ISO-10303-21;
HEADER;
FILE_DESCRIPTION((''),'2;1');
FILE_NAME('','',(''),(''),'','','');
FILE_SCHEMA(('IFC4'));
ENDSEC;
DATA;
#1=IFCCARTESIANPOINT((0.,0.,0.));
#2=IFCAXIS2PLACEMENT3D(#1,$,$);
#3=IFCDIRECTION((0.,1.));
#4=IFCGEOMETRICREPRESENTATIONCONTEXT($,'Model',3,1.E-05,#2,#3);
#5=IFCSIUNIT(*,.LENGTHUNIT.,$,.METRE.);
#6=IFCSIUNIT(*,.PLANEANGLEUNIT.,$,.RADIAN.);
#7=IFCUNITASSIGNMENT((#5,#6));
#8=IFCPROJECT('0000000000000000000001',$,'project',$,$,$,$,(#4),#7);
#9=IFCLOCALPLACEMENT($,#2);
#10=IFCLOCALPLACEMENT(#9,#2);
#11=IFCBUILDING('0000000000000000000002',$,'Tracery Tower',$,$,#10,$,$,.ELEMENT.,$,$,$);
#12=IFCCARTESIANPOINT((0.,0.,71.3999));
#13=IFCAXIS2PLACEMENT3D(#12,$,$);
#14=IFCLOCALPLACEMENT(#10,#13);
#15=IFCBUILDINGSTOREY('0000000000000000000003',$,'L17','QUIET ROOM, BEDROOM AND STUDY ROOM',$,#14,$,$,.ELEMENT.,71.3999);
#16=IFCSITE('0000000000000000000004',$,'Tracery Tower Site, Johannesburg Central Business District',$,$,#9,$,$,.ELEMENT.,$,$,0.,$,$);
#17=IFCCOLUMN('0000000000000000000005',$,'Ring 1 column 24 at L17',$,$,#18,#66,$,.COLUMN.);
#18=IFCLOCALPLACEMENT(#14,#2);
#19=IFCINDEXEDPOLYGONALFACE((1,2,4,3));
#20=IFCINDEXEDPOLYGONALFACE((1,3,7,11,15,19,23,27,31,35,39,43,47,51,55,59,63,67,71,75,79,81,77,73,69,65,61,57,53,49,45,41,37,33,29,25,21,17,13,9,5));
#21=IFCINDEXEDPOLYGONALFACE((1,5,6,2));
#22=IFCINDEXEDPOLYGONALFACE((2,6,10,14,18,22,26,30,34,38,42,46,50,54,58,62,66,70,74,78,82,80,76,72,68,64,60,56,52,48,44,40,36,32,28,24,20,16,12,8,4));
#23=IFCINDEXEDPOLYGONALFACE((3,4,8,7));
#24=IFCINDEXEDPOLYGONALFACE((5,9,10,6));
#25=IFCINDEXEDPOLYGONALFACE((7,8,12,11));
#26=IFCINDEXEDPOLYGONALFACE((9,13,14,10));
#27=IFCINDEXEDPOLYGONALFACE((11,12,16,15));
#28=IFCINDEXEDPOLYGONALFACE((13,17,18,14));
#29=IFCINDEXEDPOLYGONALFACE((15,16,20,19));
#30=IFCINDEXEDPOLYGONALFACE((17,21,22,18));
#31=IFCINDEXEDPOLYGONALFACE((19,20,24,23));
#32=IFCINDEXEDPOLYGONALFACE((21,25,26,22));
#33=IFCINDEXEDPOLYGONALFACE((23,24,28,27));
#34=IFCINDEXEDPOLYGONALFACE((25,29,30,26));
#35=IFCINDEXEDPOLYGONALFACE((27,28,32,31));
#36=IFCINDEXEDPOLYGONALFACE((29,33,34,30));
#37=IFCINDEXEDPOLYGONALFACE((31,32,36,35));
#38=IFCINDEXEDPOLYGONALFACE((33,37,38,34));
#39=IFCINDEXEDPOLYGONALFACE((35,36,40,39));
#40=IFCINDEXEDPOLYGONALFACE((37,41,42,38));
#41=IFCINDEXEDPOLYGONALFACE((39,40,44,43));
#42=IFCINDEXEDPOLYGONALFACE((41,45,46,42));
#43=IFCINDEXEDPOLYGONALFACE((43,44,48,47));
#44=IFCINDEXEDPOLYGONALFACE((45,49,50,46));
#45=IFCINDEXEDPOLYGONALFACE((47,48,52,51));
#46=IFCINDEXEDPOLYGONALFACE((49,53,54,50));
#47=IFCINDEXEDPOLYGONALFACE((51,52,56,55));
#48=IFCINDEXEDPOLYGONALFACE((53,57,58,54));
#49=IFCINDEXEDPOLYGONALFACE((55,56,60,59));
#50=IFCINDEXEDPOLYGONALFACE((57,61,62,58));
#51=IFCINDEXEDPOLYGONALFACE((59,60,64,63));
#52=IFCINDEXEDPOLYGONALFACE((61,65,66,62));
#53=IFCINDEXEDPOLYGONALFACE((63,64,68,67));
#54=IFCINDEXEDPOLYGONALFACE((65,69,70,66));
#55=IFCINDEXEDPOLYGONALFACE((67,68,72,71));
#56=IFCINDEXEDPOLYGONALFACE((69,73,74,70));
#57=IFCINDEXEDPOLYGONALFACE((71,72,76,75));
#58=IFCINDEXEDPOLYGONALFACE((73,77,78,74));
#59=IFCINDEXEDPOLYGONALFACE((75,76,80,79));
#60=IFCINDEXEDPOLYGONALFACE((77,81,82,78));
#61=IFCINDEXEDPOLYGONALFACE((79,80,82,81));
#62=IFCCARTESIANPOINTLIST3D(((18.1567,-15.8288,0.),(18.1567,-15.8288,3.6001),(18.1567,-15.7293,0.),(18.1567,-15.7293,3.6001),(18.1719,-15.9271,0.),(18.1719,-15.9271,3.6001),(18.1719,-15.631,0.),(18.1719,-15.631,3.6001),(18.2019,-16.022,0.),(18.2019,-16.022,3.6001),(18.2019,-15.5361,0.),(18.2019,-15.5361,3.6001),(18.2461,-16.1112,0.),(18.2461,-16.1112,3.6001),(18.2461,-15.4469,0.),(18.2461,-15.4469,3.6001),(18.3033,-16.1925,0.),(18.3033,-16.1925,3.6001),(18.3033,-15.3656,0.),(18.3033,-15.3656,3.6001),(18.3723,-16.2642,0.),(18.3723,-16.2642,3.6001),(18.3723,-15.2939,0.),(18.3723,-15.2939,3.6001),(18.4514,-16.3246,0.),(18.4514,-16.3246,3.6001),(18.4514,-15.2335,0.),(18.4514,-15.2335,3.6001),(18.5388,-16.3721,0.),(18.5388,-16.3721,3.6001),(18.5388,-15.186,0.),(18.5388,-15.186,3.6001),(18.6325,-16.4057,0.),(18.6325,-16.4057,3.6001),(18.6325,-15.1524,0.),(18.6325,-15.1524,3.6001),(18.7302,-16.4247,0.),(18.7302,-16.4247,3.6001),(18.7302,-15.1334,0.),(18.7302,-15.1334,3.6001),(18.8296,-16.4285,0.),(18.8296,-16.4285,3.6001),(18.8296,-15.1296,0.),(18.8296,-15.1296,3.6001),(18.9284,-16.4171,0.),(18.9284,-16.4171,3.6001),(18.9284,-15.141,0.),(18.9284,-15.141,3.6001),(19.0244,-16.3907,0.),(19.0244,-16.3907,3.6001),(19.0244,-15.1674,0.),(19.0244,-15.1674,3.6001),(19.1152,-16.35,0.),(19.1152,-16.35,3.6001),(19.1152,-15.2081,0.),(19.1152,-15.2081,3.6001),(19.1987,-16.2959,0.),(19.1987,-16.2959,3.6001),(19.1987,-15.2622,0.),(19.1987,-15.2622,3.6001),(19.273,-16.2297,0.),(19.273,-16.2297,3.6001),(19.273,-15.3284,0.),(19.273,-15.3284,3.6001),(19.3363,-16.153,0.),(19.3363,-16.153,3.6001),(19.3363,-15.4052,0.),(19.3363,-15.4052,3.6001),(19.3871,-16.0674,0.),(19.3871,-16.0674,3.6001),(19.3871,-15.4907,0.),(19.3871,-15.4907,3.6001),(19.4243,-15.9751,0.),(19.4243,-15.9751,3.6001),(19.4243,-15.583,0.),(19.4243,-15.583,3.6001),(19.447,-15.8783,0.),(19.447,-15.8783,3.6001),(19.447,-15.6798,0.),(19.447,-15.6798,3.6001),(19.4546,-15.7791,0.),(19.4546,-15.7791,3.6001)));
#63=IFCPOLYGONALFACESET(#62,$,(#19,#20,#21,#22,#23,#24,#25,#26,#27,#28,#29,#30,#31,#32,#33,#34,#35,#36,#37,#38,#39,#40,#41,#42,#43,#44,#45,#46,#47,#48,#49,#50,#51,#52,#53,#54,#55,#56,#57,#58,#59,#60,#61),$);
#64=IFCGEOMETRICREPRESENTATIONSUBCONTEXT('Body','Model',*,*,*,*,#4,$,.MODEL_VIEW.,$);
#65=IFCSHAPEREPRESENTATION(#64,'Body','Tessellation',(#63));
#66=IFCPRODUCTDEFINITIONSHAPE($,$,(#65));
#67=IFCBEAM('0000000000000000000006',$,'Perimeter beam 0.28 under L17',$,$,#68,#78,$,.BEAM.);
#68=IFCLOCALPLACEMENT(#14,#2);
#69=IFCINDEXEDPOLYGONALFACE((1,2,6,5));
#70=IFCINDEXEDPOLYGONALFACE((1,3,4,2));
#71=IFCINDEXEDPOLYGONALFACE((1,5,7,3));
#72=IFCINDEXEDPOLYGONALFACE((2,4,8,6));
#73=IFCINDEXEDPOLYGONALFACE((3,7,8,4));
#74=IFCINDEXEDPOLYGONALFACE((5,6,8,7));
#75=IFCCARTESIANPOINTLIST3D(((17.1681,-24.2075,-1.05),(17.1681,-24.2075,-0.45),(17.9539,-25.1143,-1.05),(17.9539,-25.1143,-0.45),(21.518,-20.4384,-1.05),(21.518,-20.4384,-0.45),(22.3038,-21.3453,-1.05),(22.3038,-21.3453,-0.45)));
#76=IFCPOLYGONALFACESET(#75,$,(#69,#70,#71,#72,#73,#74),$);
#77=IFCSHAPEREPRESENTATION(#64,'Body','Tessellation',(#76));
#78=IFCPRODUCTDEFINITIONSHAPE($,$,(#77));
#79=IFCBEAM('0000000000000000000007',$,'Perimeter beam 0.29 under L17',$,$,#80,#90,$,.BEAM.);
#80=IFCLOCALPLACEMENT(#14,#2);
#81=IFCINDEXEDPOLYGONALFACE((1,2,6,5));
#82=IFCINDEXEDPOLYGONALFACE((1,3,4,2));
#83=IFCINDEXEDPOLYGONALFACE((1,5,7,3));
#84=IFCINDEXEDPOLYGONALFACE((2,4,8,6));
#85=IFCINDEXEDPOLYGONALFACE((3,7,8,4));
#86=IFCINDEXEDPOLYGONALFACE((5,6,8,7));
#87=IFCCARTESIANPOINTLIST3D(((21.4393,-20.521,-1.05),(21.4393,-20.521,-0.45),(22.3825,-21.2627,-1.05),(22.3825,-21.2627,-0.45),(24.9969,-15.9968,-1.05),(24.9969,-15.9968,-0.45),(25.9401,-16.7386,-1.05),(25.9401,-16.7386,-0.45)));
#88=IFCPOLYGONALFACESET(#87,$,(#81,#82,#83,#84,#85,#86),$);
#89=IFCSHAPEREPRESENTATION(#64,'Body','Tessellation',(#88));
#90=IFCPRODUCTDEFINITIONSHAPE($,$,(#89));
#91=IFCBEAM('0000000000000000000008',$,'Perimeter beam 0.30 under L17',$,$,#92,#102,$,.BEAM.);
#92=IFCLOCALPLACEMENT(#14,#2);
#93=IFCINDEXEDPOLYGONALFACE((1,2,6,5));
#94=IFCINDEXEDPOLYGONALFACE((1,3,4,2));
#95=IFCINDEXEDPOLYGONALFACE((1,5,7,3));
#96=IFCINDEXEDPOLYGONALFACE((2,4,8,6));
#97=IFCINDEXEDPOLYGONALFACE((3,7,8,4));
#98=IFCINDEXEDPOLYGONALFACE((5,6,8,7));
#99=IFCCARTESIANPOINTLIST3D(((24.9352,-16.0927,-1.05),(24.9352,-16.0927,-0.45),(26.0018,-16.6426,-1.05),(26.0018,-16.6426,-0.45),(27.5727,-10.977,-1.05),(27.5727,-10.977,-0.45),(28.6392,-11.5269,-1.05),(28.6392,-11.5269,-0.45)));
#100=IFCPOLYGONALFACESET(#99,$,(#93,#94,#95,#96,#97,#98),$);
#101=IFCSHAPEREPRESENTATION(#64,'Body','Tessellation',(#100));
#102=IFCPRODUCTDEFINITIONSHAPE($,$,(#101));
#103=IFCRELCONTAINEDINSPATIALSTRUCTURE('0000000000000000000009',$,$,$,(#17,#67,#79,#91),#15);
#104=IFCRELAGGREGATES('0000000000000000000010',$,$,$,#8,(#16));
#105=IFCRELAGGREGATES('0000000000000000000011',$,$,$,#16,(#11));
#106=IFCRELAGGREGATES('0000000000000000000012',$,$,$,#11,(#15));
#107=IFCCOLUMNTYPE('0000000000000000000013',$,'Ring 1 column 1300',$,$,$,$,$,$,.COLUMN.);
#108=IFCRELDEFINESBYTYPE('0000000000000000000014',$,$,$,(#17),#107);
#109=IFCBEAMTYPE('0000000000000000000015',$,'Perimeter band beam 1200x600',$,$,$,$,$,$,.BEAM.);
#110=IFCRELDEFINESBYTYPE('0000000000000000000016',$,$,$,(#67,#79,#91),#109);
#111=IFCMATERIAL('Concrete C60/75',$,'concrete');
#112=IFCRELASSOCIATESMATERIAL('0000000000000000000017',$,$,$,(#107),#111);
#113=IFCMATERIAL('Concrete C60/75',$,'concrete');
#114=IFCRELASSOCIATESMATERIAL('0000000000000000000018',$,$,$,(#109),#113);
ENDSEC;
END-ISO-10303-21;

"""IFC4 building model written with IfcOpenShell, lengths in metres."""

from ifc_helpers import new_model, si_unit, direction, frame, origin, origin_2d, place, context, subcontext, project, spatial, rectangle, circle, extrude, material, material_profile, profile_set, type_object, element, save


model = new_model("IFC4")

# Units and contexts
model_context = context("Model", 3, precision=1e-05, world=origin(), true_north=direction((0.0, 1.0)))
body_context = subcontext(model_context, "Body", "Model", "MODEL_VIEW")
ifc_project = project(units=[si_unit("LENGTHUNIT", "METRE"), si_unit("PLANEANGLEUNIT", "RADIAN")], contexts=[model_context])

# Site, building, storey
site_placement = place(None, origin())
site = spatial("IfcSite", under=ifc_project, at=site_placement, Name="Tracery Tower Site, Johannesburg Central Business District", CompositionType="ELEMENT", RefElevation=0.0)
building_placement = place(site_placement, origin())
building = spatial("IfcBuilding", under=site, at=building_placement, Name="Tracery Tower", CompositionType="ELEMENT")
storey_placement = place(building_placement, frame((0.0, 0.0, 71.3999)))
storey = spatial("IfcBuildingStorey", under=building, at=storey_placement, Name="L17", Description="QUIET ROOM, BEDROOM AND STUDY ROOM", CompositionType="ELEMENT", Elevation=71.3999)

# Column
ifc_material_1 = material(Name="Concrete C60/75", Category="concrete")
ifc_material_profile_1 = material_profile(ifc_material_1, circle(Radius=0.6499, at=origin_2d()), Name="RC D1300")
ifc_profile_set_1 = profile_set([ifc_material_profile_1], Name="Concrete C60/75")
column_type_1 = type_object("IfcColumnType", Name="Ring 1 column 1300", PredefinedType="COLUMN", material=ifc_profile_set_1)
for number, where, z_axis, x_axis, name in (
    (1, (18.8047, -15.7791, 0.0), (0.0, 0.0, 1.0), (1.0, 0.0, 0.0), "Ring 1 column 24 at L17"),
):
    element("IfcColumn", number, at=place(storey_placement, frame(where, z_axis=z_axis, x_axis=x_axis)), inside=storey, type_object=column_type_1, Name=name, PredefinedType="COLUMN", context=body_context, shape_type="SweptSolid", body=[
        extrude(circle(Radius=0.6499, at=origin_2d()), origin(), (0.0, 0.0, 1.0), 3.6001),
    ])

# Beams
ifc_material_2 = material(Name="Concrete C60/75", Category="concrete")
ifc_material_profile_2 = material_profile(ifc_material_2, rectangle(XDim=1.2, YDim=0.6001, at=origin_2d()), Name="RC 1200x600")
ifc_profile_set_2 = profile_set([ifc_material_profile_2], Name="Concrete C60/75")
beam_type = type_object("IfcBeamType", Name="Perimeter band beam 1200x600", PredefinedType="BEAM", material=ifc_profile_set_2)
beam_1_placement = place(storey_placement, frame((17.561, -24.6609, -0.75), z_axis=(0.75576, 0.654848, 0.0), x_axis=(-0.654848, 0.75576, 0.0)))
element("IfcBeam", 2, at=beam_1_placement, inside=storey, type_object=beam_type, Name="Perimeter beam 0.28 under L17", PredefinedType="BEAM", context=body_context, shape_type="SweptSolid", body=[
    extrude(rectangle(XDim=1.2, YDim=0.6001, at=origin_2d()), origin(), (0.0, 0.0, 1.0), 5.7556),
])
beam_2_placement = place(storey_placement, frame((21.9109, -20.8918, -0.75), z_axis=(0.618134, 0.786072, 0.0), x_axis=(-0.786072, 0.618134, 0.0)))
element("IfcBeam", 3, at=beam_2_placement, inside=storey, type_object=beam_type, Name="Perimeter beam 0.29 under L17", PredefinedType="BEAM", context=body_context, shape_type="SweptSolid", body=[
    extrude(rectangle(XDim=1.2, YDim=0.6001, at=origin_2d()), origin(), (0.0, 0.0, 1.0), 5.7554),
])
beam_3_placement = place(storey_placement, frame((25.4685, -16.3677, -0.75), z_axis=(0.458242, 0.888827, 0.0), x_axis=(-0.888827, 0.458242, 0.0)))
element("IfcBeam", 4, at=beam_3_placement, inside=storey, type_object=beam_type, Name="Perimeter beam 0.30 under L17", PredefinedType="BEAM", context=body_context, shape_type="SweptSolid", body=[
    extrude(rectangle(XDim=1.2, YDim=0.6001, at=origin_2d()), origin(), (0.0, 0.0, 1.0), 5.7556),
])

save(model, "model.ifc")
